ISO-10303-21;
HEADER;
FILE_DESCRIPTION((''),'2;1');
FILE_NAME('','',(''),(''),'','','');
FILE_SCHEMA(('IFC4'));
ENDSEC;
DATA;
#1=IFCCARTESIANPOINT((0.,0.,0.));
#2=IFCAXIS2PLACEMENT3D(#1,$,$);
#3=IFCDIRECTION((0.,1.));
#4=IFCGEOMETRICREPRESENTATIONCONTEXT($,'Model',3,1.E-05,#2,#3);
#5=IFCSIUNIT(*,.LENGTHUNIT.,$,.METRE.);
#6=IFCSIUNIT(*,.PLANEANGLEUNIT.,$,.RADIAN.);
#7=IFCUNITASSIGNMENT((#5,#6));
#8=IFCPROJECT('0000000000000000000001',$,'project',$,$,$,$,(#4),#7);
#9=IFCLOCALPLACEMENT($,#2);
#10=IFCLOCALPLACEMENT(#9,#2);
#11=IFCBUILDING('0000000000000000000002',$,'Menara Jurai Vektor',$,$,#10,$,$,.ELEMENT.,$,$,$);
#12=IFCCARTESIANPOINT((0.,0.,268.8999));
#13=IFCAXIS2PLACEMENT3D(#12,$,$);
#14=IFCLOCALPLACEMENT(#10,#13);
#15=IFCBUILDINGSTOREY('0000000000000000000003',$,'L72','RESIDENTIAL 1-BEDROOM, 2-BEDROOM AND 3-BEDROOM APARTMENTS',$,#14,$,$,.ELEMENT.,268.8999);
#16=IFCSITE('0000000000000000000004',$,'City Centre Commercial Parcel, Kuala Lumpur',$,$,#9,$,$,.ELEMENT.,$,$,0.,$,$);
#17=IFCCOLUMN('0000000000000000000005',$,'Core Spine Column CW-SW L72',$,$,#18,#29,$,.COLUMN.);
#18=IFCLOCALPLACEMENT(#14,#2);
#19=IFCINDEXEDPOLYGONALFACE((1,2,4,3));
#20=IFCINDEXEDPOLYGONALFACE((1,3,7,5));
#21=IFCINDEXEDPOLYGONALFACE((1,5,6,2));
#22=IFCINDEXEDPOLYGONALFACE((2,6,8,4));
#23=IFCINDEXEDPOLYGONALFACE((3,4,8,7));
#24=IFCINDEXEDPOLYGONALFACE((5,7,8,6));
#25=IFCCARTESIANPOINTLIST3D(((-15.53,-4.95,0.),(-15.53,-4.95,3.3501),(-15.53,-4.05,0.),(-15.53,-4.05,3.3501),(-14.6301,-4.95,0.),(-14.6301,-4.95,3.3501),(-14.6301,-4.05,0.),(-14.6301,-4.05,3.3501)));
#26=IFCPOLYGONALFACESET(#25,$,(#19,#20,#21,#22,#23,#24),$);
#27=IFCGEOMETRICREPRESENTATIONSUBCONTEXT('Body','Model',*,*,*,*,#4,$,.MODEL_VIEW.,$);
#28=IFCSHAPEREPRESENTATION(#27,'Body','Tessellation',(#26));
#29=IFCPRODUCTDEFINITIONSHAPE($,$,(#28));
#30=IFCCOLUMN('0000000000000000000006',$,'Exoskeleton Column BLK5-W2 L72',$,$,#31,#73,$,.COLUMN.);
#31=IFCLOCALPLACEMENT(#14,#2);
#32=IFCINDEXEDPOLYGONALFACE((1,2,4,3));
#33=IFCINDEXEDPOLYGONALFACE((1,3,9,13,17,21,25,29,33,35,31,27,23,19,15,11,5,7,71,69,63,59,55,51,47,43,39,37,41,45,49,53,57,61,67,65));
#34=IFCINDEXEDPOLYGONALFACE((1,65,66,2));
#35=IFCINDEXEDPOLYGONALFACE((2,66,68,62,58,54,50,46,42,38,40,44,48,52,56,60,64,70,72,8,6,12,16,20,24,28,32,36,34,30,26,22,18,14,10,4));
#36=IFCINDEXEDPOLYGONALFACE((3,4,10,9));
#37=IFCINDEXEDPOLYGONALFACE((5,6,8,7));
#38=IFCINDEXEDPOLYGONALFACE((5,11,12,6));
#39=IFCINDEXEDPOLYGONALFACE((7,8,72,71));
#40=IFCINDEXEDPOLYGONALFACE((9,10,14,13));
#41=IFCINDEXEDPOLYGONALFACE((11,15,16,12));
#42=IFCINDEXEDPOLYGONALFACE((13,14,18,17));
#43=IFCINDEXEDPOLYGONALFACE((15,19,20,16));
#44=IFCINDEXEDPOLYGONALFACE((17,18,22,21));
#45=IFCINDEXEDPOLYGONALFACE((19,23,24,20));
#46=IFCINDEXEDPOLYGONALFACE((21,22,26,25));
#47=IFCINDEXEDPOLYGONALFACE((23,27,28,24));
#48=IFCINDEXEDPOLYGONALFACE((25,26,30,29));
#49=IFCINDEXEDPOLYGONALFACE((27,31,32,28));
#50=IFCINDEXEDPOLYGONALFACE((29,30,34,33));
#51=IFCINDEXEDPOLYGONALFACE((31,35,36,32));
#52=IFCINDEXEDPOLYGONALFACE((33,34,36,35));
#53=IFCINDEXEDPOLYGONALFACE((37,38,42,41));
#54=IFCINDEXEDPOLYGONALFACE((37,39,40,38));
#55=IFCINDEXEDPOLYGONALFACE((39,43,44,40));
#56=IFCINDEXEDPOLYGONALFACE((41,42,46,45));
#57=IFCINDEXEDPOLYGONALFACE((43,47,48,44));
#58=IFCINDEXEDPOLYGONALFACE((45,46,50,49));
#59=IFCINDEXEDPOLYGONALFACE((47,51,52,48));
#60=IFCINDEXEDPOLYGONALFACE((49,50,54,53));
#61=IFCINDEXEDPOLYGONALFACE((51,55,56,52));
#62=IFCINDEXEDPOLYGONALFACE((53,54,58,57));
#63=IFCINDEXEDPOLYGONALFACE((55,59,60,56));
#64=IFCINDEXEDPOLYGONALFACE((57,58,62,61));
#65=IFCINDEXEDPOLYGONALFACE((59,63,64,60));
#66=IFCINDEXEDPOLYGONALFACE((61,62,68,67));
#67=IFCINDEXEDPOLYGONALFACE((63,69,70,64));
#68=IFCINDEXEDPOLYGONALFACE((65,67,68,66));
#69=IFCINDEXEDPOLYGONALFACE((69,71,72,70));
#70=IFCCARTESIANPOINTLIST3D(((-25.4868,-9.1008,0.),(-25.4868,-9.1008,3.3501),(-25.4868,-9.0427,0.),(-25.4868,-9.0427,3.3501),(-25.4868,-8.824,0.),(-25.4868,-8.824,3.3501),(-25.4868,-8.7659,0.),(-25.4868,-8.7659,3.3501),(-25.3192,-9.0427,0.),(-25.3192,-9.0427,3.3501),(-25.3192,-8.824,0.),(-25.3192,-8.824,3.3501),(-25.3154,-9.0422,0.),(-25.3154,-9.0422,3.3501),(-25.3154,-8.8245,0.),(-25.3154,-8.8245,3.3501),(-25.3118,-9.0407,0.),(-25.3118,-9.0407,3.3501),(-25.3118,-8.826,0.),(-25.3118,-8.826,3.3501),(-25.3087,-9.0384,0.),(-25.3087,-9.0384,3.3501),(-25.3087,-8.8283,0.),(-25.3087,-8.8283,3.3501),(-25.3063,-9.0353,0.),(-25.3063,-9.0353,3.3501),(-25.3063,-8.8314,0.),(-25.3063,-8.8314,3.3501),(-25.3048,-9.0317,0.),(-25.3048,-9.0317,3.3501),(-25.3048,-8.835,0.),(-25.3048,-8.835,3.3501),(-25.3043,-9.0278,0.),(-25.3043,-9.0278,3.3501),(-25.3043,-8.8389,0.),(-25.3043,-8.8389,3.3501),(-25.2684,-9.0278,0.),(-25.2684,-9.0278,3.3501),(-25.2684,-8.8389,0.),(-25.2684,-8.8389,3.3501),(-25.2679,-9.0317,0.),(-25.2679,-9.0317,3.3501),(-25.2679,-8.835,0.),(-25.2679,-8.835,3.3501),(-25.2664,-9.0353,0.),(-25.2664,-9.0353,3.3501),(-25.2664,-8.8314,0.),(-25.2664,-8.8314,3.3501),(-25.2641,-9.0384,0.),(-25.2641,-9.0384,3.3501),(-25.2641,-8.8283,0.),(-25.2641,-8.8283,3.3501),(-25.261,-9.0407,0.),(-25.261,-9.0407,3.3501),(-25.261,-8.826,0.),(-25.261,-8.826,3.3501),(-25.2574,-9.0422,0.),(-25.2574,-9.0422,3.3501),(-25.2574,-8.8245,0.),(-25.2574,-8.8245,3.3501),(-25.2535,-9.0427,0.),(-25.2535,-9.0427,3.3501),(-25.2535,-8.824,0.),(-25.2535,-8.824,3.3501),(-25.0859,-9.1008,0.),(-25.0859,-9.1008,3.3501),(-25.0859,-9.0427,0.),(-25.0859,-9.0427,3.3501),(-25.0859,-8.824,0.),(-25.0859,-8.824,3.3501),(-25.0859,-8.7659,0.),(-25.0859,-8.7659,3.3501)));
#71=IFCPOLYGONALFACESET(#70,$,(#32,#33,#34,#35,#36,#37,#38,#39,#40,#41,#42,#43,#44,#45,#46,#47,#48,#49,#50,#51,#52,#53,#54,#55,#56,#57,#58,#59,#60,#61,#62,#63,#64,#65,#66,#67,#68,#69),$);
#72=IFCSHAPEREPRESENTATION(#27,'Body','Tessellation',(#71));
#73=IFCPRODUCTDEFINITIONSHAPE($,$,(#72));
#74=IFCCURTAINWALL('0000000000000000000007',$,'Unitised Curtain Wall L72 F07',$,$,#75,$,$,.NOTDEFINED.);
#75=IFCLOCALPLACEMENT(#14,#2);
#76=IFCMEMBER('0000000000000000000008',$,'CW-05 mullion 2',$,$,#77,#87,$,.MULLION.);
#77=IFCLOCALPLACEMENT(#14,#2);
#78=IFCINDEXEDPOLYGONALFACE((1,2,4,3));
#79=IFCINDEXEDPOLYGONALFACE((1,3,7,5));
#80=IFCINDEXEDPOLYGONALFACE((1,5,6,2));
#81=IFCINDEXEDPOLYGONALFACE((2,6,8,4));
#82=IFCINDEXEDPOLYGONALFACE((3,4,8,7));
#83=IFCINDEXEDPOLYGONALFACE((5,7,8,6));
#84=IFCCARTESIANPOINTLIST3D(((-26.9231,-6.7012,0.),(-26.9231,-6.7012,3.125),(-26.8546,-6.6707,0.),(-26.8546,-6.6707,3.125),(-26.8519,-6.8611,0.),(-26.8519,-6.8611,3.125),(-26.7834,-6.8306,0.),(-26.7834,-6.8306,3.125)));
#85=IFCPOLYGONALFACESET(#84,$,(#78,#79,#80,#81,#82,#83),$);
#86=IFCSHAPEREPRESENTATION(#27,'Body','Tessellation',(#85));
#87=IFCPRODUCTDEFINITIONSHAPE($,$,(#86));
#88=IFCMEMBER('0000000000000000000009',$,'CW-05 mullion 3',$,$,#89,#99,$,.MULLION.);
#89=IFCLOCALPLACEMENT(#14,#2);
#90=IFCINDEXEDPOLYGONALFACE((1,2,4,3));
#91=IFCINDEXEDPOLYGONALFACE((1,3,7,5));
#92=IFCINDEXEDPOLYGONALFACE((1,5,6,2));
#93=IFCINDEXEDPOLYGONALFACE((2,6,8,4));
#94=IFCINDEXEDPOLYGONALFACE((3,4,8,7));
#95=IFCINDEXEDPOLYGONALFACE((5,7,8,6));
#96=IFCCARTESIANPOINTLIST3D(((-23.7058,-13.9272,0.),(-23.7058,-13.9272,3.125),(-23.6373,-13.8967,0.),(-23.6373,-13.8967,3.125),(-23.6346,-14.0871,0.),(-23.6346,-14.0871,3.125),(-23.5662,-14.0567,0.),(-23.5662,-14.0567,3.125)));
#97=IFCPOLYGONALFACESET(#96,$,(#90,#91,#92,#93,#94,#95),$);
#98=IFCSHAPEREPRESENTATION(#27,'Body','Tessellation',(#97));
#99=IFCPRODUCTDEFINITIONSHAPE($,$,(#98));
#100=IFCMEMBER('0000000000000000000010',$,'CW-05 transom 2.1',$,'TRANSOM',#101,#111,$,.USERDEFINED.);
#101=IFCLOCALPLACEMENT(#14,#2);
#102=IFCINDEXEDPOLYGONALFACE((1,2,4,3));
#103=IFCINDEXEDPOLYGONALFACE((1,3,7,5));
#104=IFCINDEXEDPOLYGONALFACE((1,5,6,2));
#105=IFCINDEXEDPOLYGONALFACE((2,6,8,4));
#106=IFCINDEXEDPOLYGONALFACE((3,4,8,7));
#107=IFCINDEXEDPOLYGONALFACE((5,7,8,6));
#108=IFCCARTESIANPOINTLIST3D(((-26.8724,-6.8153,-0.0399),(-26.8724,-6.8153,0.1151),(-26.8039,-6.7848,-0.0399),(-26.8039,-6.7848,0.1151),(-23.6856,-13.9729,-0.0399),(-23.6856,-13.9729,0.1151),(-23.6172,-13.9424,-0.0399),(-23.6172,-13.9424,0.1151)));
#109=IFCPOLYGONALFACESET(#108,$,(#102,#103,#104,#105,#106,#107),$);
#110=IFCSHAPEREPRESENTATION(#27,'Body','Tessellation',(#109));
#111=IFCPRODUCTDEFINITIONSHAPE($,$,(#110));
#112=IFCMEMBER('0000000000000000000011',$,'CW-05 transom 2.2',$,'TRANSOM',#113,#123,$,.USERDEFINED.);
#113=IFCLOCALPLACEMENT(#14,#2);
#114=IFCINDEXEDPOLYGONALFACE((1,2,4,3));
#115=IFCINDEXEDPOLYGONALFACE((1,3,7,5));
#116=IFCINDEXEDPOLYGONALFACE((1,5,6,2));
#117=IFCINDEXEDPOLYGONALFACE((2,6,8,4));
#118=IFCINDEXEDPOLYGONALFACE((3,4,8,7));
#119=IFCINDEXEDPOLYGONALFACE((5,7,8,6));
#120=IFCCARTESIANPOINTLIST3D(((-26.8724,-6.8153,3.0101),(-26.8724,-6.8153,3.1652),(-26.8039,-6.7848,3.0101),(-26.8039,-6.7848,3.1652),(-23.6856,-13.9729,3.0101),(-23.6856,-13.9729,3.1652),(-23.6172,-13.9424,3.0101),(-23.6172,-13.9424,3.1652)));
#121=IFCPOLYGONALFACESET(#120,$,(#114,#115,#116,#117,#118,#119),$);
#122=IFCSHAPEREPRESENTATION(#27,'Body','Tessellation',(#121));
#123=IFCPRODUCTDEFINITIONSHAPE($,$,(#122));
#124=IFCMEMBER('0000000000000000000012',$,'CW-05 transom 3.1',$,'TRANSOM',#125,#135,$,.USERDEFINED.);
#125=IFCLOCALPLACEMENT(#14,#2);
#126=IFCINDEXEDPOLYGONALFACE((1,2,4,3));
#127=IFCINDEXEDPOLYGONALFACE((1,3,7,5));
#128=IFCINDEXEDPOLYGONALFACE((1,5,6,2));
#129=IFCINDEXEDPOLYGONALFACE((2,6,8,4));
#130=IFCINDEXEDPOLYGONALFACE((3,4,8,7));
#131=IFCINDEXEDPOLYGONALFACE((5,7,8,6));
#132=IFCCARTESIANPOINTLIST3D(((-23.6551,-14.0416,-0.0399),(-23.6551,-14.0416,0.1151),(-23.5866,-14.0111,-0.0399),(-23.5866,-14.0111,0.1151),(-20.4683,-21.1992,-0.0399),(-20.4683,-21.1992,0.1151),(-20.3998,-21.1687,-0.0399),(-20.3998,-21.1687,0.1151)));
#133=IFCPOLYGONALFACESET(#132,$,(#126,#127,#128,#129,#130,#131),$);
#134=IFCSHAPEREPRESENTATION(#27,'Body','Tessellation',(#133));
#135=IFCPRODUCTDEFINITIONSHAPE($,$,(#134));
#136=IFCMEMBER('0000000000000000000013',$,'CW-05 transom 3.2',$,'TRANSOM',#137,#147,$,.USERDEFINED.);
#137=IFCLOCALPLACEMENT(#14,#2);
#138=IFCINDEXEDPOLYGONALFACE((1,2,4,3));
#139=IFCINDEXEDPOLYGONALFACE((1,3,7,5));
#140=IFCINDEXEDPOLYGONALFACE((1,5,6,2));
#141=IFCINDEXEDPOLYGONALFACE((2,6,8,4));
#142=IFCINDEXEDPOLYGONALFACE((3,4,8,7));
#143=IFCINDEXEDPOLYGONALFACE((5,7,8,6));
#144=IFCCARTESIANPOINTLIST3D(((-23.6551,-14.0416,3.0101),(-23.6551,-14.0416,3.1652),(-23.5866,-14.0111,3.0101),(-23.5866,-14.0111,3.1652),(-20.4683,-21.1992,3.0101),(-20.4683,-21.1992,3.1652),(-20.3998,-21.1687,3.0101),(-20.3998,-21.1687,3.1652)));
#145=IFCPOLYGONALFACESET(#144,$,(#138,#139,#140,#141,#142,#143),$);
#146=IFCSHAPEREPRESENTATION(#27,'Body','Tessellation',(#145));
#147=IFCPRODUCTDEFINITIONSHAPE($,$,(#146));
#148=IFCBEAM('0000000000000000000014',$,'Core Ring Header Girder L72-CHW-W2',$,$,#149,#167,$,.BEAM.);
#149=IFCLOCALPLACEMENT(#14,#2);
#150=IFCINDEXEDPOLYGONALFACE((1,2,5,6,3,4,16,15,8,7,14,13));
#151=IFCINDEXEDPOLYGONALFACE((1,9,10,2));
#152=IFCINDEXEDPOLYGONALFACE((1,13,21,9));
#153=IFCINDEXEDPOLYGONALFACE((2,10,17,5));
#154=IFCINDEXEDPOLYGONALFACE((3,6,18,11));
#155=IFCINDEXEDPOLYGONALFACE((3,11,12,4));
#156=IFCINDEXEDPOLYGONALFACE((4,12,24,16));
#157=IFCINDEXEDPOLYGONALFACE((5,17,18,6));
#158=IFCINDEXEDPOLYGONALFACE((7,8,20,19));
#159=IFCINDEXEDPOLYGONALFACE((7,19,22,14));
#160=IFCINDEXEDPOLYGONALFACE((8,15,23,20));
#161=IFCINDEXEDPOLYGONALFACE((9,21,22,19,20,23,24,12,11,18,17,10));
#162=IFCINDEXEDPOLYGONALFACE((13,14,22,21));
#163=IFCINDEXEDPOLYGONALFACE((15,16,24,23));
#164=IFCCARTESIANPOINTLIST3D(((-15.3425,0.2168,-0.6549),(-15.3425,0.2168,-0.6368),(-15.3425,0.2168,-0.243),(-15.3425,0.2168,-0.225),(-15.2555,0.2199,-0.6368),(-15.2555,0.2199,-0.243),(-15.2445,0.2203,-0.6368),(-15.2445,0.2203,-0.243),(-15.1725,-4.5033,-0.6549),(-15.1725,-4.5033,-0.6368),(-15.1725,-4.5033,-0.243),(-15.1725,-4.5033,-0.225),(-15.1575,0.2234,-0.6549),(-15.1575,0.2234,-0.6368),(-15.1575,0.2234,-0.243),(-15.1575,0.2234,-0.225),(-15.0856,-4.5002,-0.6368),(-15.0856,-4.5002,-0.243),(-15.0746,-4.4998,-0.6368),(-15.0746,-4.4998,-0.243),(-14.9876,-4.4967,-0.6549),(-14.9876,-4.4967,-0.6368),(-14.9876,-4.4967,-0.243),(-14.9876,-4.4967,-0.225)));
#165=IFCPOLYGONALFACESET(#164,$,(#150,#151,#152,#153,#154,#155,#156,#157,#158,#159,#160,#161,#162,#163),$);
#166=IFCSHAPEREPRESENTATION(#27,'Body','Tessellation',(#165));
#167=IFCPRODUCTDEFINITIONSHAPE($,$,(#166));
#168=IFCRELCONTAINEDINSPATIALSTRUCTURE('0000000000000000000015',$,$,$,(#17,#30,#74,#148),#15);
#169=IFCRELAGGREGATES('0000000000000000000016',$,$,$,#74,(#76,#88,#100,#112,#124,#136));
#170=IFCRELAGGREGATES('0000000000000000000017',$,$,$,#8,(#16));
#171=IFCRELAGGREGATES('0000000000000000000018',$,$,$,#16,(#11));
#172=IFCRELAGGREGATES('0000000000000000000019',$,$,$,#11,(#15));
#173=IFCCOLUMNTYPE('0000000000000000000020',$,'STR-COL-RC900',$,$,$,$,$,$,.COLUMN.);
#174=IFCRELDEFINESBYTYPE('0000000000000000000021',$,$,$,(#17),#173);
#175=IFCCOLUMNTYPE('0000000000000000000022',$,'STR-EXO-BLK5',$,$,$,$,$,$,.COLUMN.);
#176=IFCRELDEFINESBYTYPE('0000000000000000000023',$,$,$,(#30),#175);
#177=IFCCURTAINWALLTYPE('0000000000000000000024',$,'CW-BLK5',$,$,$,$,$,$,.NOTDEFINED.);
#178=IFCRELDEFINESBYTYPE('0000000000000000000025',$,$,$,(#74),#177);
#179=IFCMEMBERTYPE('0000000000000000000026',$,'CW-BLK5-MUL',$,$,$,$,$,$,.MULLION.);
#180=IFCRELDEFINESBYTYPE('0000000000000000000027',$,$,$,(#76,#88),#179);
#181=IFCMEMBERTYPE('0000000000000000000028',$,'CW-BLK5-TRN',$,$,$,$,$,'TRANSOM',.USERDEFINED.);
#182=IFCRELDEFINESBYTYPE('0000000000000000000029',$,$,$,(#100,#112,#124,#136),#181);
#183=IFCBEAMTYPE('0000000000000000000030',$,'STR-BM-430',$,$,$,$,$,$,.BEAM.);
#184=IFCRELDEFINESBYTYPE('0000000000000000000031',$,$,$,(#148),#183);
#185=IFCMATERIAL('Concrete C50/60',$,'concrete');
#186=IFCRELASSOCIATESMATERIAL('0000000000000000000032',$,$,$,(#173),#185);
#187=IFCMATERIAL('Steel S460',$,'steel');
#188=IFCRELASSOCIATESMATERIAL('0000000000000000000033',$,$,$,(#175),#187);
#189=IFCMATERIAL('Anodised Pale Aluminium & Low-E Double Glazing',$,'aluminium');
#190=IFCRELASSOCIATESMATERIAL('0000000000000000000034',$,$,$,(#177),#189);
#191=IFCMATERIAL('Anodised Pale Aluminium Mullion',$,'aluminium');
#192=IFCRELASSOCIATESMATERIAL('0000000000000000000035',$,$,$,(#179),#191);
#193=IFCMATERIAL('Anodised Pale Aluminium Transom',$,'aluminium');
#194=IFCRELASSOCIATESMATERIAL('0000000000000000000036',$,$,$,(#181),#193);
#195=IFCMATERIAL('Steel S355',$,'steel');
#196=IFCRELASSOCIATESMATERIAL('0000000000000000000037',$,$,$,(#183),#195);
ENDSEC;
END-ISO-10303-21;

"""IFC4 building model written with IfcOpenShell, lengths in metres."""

from ifc_helpers import new_model, si_unit, direction, frame, origin, origin_2d, place, context, subcontext, project, spatial, rectangle, i_section, extrude, material, material_profile, profile_set, type_object, element, aggregate, save


model = new_model("IFC4")

# Units and contexts
model_context = context("Model", 3, precision=1e-05, world=origin(), true_north=direction((0.0, 1.0)))
body_context = subcontext(model_context, "Body", "Model", "MODEL_VIEW")
ifc_project = project(units=[si_unit("LENGTHUNIT", "METRE"), si_unit("PLANEANGLEUNIT", "RADIAN")], contexts=[model_context])

# Site, building, storey
site_placement = place(None, origin())
site = spatial("IfcSite", under=ifc_project, at=site_placement, Name="City Centre Commercial Parcel, Kuala Lumpur", CompositionType="ELEMENT", RefElevation=0.0)
building_placement = place(site_placement, origin())
building = spatial("IfcBuilding", under=site, at=building_placement, Name="Menara Jurai Vektor", CompositionType="ELEMENT")
storey_placement = place(building_placement, frame((0.0, 0.0, 268.8999)))
storey = spatial("IfcBuildingStorey", under=building, at=storey_placement, Name="L72", Description="RESIDENTIAL 1-BEDROOM, 2-BEDROOM AND 3-BEDROOM APARTMENTS", CompositionType="ELEMENT", Elevation=268.8999)

# Columns
ifc_material_1 = material(Name="Concrete C50/60", Category="concrete")
ifc_material_profile_1 = material_profile(ifc_material_1, rectangle(XDim=0.8999, YDim=0.8999, at=origin_2d()), Name="RC 900x900")
ifc_profile_set_1 = profile_set([ifc_material_profile_1], Name="Concrete C50/60")
column_type_1 = type_object("IfcColumnType", Name="STR-COL-RC900", PredefinedType="COLUMN", material=ifc_profile_set_1)
column_1_placement = place(storey_placement, frame((-15.0801, -4.5, 0.0), z_axis=(0.0, 0.0, 1.0), x_axis=(1.0, 0.0, 0.0)))
element("IfcColumn", 1, at=column_1_placement, inside=storey, type_object=column_type_1, Name="Core Spine Column CW-SW L72", PredefinedType="COLUMN", context=body_context, shape_type="SweptSolid", body=[
    extrude(rectangle(XDim=0.8999, YDim=0.8999, at=origin_2d()), origin(), (0.0, 0.0, 1.0), 3.3501),
])
ifc_material_2 = material(Name="Steel S460", Category="steel")
ifc_material_profile_2 = material_profile(ifc_material_2, i_section(OverallWidth=0.4009, OverallDepth=0.335, WebThickness=0.0359, FlangeThickness=0.0581, FilletRadius=0.0149, at=origin_2d()), Name="HD 400x463")
ifc_profile_set_2 = profile_set([ifc_material_profile_2], Name="Steel S460")
column_type_2 = type_object("IfcColumnType", Name="STR-EXO-BLK5", PredefinedType="COLUMN", material=ifc_profile_set_2)
column_2_placement = place(storey_placement, frame((-25.2864, -8.9333, 0.0), z_axis=(0.0, 0.0, 1.0), x_axis=(1.0, 0.0, 0.0)))
element("IfcColumn", 2, at=column_2_placement, inside=storey, type_object=column_type_2, Name="Exoskeleton Column BLK5-W2 L72", PredefinedType="COLUMN", context=body_context, shape_type="SweptSolid", body=[
    extrude(i_section(OverallWidth=0.4009, OverallDepth=0.335, WebThickness=0.0359, FlangeThickness=0.0581, FilletRadius=0.0149, at=origin_2d()), origin(), (0.0, 0.0, 1.0), 3.3501),
])

# Curtain wall, members
ifc_material_3 = material(Name="Anodised Pale Aluminium & Low-E Double Glazing", Category="aluminium")
curtain_wall_type = type_object("IfcCurtainWallType", Name="CW-BLK5", PredefinedType="NOTDEFINED", material=ifc_material_3)
curtain_wall_placement = place(storey_placement, origin())
curtain_wall = element("IfcCurtainWall", 3, at=curtain_wall_placement, inside=storey, type_object=curtain_wall_type, Name="Unitised Curtain Wall L72 F07", PredefinedType="NOTDEFINED")
ifc_material_4 = material(Name="Anodised Pale Aluminium Mullion", Category="aluminium")
ifc_material_profile_3 = material_profile(ifc_material_4, rectangle(XDim=0.075, YDim=0.175, at=origin_2d()), Name="ALU MUL 75x175")
ifc_profile_set_3 = profile_set([ifc_material_profile_3], Name="Anodised Pale Aluminium Mullion")
member_type_1 = type_object("IfcMemberType", Name="CW-BLK5-MUL", PredefinedType="MULLION", material=ifc_profile_set_3)
member_1_placement = place(storey_placement, frame((-26.8533, -6.7659, 0.0), z_axis=(0.0, 0.0, 1.0), x_axis=(0.913546, 0.406735, 0.0)))
member_1 = element("IfcMember", 4, at=member_1_placement, type_object=member_type_1, Name="CW-05 mullion 2", PredefinedType="MULLION", context=body_context, shape_type="SweptSolid", body=[
    extrude(rectangle(XDim=0.075, YDim=0.175, at=origin_2d()), origin(), (0.0, 0.0, 1.0), 3.125),
])
member_2_placement = place(storey_placement, frame((-23.636, -13.9919, 0.0), z_axis=(0.0, 0.0, 1.0), x_axis=(0.913546, 0.406735, 0.0)))
member_2 = element("IfcMember", 5, at=member_2_placement, type_object=member_type_1, Name="CW-05 mullion 3", PredefinedType="MULLION", context=body_context, shape_type="SweptSolid", body=[
    extrude(rectangle(XDim=0.075, YDim=0.175, at=origin_2d()), origin(), (0.0, 0.0, 1.0), 3.125),
])
ifc_material_5 = material(Name="Anodised Pale Aluminium Transom", Category="aluminium")
ifc_material_profile_4 = material_profile(ifc_material_5, rectangle(XDim=0.075, YDim=0.155, at=origin_2d()), Name="ALU TRN 75x155")
ifc_profile_set_4 = profile_set([ifc_material_profile_4], Name="Anodised Pale Aluminium Transom")
member_type_2 = type_object("IfcMemberType", Name="CW-BLK5-TRN", ElementType="TRANSOM", PredefinedType="USERDEFINED", material=ifc_profile_set_4)
member_3_placement = place(storey_placement, frame((-26.8381, -6.8, 0.0376), z_axis=(0.406731, -0.913548, 0.0), x_axis=(0.913548, 0.406731, 0.0)))
member_3 = element("IfcMember", 6, at=member_3_placement, type_object=member_type_2, Name="CW-05 transom 2.1", ObjectType="TRANSOM", PredefinedType="USERDEFINED", context=body_context, shape_type="SweptSolid", body=[
    extrude(rectangle(XDim=0.075, YDim=0.155, at=origin_2d()), origin(), (0.0, 0.0, 1.0), 7.835),
])
member_4_placement = place(storey_placement, frame((-26.8381, -6.8, 3.0876), z_axis=(0.406731, -0.913548, 0.0), x_axis=(0.913548, 0.406731, 0.0)))
member_4 = element("IfcMember", 7, at=member_4_placement, type_object=member_type_2, Name="CW-05 transom 2.2", ObjectType="TRANSOM", PredefinedType="USERDEFINED", context=body_context, shape_type="SweptSolid", body=[
    extrude(rectangle(XDim=0.075, YDim=0.155, at=origin_2d()), origin(), (0.0, 0.0, 1.0), 7.835),
])
member_5_placement = place(storey_placement, frame((-23.6208, -14.0264, 0.0376), z_axis=(0.406743, -0.913543, 0.0), x_axis=(0.913543, 0.406743, 0.0)))
member_5 = element("IfcMember", 8, at=member_5_placement, type_object=member_type_2, Name="CW-05 transom 3.1", ObjectType="TRANSOM", PredefinedType="USERDEFINED", context=body_context, shape_type="SweptSolid", body=[
    extrude(rectangle(XDim=0.075, YDim=0.155, at=origin_2d()), origin(), (0.0, 0.0, 1.0), 7.835),
])
member_6_placement = place(storey_placement, frame((-23.6208, -14.0264, 3.0876), z_axis=(0.406743, -0.913543, 0.0), x_axis=(0.913543, 0.406743, 0.0)))
member_6 = element("IfcMember", 9, at=member_6_placement, type_object=member_type_2, Name="CW-05 transom 3.2", ObjectType="TRANSOM", PredefinedType="USERDEFINED", context=body_context, shape_type="SweptSolid", body=[
    extrude(rectangle(XDim=0.075, YDim=0.155, at=origin_2d()), origin(), (0.0, 0.0, 1.0), 7.835),
])

# Beam
ifc_material_6 = material(Name="Steel S355", Category="steel")
ifc_material_profile_5 = material_profile(ifc_material_6, i_section(OverallWidth=0.1851, OverallDepth=0.4299, WebThickness=0.011, FlangeThickness=0.0181, at=origin_2d()), Name="PG 430x185x76")
ifc_profile_set_5 = profile_set([ifc_material_profile_5], Name="Steel S355")
beam_type_1 = type_object("IfcBeamType", Name="STR-BM-430", PredefinedType="BEAM", material=ifc_profile_set_5)
beam_1_placement = place(storey_placement, frame((-15.0801, -4.5, -0.4399), z_axis=(-0.035977, 0.999353, 0.0), x_axis=(-0.999353, -0.035977, 0.0)))
element("IfcBeam", 10, at=beam_1_placement, inside=storey, type_object=beam_type_1, Name="Core Ring Header Girder L72-CHW-W2", PredefinedType="BEAM", context=body_context, shape_type="SweptSolid", body=[
    extrude(i_section(OverallWidth=0.1851, OverallDepth=0.4299, WebThickness=0.011, FlangeThickness=0.0181, at=origin_2d()), origin(), (0.0, 0.0, 1.0), 4.7231),
])

aggregate(curtain_wall, [member_1, member_2, member_3, member_4, member_5, member_6])

save(model, "model.ifc")
